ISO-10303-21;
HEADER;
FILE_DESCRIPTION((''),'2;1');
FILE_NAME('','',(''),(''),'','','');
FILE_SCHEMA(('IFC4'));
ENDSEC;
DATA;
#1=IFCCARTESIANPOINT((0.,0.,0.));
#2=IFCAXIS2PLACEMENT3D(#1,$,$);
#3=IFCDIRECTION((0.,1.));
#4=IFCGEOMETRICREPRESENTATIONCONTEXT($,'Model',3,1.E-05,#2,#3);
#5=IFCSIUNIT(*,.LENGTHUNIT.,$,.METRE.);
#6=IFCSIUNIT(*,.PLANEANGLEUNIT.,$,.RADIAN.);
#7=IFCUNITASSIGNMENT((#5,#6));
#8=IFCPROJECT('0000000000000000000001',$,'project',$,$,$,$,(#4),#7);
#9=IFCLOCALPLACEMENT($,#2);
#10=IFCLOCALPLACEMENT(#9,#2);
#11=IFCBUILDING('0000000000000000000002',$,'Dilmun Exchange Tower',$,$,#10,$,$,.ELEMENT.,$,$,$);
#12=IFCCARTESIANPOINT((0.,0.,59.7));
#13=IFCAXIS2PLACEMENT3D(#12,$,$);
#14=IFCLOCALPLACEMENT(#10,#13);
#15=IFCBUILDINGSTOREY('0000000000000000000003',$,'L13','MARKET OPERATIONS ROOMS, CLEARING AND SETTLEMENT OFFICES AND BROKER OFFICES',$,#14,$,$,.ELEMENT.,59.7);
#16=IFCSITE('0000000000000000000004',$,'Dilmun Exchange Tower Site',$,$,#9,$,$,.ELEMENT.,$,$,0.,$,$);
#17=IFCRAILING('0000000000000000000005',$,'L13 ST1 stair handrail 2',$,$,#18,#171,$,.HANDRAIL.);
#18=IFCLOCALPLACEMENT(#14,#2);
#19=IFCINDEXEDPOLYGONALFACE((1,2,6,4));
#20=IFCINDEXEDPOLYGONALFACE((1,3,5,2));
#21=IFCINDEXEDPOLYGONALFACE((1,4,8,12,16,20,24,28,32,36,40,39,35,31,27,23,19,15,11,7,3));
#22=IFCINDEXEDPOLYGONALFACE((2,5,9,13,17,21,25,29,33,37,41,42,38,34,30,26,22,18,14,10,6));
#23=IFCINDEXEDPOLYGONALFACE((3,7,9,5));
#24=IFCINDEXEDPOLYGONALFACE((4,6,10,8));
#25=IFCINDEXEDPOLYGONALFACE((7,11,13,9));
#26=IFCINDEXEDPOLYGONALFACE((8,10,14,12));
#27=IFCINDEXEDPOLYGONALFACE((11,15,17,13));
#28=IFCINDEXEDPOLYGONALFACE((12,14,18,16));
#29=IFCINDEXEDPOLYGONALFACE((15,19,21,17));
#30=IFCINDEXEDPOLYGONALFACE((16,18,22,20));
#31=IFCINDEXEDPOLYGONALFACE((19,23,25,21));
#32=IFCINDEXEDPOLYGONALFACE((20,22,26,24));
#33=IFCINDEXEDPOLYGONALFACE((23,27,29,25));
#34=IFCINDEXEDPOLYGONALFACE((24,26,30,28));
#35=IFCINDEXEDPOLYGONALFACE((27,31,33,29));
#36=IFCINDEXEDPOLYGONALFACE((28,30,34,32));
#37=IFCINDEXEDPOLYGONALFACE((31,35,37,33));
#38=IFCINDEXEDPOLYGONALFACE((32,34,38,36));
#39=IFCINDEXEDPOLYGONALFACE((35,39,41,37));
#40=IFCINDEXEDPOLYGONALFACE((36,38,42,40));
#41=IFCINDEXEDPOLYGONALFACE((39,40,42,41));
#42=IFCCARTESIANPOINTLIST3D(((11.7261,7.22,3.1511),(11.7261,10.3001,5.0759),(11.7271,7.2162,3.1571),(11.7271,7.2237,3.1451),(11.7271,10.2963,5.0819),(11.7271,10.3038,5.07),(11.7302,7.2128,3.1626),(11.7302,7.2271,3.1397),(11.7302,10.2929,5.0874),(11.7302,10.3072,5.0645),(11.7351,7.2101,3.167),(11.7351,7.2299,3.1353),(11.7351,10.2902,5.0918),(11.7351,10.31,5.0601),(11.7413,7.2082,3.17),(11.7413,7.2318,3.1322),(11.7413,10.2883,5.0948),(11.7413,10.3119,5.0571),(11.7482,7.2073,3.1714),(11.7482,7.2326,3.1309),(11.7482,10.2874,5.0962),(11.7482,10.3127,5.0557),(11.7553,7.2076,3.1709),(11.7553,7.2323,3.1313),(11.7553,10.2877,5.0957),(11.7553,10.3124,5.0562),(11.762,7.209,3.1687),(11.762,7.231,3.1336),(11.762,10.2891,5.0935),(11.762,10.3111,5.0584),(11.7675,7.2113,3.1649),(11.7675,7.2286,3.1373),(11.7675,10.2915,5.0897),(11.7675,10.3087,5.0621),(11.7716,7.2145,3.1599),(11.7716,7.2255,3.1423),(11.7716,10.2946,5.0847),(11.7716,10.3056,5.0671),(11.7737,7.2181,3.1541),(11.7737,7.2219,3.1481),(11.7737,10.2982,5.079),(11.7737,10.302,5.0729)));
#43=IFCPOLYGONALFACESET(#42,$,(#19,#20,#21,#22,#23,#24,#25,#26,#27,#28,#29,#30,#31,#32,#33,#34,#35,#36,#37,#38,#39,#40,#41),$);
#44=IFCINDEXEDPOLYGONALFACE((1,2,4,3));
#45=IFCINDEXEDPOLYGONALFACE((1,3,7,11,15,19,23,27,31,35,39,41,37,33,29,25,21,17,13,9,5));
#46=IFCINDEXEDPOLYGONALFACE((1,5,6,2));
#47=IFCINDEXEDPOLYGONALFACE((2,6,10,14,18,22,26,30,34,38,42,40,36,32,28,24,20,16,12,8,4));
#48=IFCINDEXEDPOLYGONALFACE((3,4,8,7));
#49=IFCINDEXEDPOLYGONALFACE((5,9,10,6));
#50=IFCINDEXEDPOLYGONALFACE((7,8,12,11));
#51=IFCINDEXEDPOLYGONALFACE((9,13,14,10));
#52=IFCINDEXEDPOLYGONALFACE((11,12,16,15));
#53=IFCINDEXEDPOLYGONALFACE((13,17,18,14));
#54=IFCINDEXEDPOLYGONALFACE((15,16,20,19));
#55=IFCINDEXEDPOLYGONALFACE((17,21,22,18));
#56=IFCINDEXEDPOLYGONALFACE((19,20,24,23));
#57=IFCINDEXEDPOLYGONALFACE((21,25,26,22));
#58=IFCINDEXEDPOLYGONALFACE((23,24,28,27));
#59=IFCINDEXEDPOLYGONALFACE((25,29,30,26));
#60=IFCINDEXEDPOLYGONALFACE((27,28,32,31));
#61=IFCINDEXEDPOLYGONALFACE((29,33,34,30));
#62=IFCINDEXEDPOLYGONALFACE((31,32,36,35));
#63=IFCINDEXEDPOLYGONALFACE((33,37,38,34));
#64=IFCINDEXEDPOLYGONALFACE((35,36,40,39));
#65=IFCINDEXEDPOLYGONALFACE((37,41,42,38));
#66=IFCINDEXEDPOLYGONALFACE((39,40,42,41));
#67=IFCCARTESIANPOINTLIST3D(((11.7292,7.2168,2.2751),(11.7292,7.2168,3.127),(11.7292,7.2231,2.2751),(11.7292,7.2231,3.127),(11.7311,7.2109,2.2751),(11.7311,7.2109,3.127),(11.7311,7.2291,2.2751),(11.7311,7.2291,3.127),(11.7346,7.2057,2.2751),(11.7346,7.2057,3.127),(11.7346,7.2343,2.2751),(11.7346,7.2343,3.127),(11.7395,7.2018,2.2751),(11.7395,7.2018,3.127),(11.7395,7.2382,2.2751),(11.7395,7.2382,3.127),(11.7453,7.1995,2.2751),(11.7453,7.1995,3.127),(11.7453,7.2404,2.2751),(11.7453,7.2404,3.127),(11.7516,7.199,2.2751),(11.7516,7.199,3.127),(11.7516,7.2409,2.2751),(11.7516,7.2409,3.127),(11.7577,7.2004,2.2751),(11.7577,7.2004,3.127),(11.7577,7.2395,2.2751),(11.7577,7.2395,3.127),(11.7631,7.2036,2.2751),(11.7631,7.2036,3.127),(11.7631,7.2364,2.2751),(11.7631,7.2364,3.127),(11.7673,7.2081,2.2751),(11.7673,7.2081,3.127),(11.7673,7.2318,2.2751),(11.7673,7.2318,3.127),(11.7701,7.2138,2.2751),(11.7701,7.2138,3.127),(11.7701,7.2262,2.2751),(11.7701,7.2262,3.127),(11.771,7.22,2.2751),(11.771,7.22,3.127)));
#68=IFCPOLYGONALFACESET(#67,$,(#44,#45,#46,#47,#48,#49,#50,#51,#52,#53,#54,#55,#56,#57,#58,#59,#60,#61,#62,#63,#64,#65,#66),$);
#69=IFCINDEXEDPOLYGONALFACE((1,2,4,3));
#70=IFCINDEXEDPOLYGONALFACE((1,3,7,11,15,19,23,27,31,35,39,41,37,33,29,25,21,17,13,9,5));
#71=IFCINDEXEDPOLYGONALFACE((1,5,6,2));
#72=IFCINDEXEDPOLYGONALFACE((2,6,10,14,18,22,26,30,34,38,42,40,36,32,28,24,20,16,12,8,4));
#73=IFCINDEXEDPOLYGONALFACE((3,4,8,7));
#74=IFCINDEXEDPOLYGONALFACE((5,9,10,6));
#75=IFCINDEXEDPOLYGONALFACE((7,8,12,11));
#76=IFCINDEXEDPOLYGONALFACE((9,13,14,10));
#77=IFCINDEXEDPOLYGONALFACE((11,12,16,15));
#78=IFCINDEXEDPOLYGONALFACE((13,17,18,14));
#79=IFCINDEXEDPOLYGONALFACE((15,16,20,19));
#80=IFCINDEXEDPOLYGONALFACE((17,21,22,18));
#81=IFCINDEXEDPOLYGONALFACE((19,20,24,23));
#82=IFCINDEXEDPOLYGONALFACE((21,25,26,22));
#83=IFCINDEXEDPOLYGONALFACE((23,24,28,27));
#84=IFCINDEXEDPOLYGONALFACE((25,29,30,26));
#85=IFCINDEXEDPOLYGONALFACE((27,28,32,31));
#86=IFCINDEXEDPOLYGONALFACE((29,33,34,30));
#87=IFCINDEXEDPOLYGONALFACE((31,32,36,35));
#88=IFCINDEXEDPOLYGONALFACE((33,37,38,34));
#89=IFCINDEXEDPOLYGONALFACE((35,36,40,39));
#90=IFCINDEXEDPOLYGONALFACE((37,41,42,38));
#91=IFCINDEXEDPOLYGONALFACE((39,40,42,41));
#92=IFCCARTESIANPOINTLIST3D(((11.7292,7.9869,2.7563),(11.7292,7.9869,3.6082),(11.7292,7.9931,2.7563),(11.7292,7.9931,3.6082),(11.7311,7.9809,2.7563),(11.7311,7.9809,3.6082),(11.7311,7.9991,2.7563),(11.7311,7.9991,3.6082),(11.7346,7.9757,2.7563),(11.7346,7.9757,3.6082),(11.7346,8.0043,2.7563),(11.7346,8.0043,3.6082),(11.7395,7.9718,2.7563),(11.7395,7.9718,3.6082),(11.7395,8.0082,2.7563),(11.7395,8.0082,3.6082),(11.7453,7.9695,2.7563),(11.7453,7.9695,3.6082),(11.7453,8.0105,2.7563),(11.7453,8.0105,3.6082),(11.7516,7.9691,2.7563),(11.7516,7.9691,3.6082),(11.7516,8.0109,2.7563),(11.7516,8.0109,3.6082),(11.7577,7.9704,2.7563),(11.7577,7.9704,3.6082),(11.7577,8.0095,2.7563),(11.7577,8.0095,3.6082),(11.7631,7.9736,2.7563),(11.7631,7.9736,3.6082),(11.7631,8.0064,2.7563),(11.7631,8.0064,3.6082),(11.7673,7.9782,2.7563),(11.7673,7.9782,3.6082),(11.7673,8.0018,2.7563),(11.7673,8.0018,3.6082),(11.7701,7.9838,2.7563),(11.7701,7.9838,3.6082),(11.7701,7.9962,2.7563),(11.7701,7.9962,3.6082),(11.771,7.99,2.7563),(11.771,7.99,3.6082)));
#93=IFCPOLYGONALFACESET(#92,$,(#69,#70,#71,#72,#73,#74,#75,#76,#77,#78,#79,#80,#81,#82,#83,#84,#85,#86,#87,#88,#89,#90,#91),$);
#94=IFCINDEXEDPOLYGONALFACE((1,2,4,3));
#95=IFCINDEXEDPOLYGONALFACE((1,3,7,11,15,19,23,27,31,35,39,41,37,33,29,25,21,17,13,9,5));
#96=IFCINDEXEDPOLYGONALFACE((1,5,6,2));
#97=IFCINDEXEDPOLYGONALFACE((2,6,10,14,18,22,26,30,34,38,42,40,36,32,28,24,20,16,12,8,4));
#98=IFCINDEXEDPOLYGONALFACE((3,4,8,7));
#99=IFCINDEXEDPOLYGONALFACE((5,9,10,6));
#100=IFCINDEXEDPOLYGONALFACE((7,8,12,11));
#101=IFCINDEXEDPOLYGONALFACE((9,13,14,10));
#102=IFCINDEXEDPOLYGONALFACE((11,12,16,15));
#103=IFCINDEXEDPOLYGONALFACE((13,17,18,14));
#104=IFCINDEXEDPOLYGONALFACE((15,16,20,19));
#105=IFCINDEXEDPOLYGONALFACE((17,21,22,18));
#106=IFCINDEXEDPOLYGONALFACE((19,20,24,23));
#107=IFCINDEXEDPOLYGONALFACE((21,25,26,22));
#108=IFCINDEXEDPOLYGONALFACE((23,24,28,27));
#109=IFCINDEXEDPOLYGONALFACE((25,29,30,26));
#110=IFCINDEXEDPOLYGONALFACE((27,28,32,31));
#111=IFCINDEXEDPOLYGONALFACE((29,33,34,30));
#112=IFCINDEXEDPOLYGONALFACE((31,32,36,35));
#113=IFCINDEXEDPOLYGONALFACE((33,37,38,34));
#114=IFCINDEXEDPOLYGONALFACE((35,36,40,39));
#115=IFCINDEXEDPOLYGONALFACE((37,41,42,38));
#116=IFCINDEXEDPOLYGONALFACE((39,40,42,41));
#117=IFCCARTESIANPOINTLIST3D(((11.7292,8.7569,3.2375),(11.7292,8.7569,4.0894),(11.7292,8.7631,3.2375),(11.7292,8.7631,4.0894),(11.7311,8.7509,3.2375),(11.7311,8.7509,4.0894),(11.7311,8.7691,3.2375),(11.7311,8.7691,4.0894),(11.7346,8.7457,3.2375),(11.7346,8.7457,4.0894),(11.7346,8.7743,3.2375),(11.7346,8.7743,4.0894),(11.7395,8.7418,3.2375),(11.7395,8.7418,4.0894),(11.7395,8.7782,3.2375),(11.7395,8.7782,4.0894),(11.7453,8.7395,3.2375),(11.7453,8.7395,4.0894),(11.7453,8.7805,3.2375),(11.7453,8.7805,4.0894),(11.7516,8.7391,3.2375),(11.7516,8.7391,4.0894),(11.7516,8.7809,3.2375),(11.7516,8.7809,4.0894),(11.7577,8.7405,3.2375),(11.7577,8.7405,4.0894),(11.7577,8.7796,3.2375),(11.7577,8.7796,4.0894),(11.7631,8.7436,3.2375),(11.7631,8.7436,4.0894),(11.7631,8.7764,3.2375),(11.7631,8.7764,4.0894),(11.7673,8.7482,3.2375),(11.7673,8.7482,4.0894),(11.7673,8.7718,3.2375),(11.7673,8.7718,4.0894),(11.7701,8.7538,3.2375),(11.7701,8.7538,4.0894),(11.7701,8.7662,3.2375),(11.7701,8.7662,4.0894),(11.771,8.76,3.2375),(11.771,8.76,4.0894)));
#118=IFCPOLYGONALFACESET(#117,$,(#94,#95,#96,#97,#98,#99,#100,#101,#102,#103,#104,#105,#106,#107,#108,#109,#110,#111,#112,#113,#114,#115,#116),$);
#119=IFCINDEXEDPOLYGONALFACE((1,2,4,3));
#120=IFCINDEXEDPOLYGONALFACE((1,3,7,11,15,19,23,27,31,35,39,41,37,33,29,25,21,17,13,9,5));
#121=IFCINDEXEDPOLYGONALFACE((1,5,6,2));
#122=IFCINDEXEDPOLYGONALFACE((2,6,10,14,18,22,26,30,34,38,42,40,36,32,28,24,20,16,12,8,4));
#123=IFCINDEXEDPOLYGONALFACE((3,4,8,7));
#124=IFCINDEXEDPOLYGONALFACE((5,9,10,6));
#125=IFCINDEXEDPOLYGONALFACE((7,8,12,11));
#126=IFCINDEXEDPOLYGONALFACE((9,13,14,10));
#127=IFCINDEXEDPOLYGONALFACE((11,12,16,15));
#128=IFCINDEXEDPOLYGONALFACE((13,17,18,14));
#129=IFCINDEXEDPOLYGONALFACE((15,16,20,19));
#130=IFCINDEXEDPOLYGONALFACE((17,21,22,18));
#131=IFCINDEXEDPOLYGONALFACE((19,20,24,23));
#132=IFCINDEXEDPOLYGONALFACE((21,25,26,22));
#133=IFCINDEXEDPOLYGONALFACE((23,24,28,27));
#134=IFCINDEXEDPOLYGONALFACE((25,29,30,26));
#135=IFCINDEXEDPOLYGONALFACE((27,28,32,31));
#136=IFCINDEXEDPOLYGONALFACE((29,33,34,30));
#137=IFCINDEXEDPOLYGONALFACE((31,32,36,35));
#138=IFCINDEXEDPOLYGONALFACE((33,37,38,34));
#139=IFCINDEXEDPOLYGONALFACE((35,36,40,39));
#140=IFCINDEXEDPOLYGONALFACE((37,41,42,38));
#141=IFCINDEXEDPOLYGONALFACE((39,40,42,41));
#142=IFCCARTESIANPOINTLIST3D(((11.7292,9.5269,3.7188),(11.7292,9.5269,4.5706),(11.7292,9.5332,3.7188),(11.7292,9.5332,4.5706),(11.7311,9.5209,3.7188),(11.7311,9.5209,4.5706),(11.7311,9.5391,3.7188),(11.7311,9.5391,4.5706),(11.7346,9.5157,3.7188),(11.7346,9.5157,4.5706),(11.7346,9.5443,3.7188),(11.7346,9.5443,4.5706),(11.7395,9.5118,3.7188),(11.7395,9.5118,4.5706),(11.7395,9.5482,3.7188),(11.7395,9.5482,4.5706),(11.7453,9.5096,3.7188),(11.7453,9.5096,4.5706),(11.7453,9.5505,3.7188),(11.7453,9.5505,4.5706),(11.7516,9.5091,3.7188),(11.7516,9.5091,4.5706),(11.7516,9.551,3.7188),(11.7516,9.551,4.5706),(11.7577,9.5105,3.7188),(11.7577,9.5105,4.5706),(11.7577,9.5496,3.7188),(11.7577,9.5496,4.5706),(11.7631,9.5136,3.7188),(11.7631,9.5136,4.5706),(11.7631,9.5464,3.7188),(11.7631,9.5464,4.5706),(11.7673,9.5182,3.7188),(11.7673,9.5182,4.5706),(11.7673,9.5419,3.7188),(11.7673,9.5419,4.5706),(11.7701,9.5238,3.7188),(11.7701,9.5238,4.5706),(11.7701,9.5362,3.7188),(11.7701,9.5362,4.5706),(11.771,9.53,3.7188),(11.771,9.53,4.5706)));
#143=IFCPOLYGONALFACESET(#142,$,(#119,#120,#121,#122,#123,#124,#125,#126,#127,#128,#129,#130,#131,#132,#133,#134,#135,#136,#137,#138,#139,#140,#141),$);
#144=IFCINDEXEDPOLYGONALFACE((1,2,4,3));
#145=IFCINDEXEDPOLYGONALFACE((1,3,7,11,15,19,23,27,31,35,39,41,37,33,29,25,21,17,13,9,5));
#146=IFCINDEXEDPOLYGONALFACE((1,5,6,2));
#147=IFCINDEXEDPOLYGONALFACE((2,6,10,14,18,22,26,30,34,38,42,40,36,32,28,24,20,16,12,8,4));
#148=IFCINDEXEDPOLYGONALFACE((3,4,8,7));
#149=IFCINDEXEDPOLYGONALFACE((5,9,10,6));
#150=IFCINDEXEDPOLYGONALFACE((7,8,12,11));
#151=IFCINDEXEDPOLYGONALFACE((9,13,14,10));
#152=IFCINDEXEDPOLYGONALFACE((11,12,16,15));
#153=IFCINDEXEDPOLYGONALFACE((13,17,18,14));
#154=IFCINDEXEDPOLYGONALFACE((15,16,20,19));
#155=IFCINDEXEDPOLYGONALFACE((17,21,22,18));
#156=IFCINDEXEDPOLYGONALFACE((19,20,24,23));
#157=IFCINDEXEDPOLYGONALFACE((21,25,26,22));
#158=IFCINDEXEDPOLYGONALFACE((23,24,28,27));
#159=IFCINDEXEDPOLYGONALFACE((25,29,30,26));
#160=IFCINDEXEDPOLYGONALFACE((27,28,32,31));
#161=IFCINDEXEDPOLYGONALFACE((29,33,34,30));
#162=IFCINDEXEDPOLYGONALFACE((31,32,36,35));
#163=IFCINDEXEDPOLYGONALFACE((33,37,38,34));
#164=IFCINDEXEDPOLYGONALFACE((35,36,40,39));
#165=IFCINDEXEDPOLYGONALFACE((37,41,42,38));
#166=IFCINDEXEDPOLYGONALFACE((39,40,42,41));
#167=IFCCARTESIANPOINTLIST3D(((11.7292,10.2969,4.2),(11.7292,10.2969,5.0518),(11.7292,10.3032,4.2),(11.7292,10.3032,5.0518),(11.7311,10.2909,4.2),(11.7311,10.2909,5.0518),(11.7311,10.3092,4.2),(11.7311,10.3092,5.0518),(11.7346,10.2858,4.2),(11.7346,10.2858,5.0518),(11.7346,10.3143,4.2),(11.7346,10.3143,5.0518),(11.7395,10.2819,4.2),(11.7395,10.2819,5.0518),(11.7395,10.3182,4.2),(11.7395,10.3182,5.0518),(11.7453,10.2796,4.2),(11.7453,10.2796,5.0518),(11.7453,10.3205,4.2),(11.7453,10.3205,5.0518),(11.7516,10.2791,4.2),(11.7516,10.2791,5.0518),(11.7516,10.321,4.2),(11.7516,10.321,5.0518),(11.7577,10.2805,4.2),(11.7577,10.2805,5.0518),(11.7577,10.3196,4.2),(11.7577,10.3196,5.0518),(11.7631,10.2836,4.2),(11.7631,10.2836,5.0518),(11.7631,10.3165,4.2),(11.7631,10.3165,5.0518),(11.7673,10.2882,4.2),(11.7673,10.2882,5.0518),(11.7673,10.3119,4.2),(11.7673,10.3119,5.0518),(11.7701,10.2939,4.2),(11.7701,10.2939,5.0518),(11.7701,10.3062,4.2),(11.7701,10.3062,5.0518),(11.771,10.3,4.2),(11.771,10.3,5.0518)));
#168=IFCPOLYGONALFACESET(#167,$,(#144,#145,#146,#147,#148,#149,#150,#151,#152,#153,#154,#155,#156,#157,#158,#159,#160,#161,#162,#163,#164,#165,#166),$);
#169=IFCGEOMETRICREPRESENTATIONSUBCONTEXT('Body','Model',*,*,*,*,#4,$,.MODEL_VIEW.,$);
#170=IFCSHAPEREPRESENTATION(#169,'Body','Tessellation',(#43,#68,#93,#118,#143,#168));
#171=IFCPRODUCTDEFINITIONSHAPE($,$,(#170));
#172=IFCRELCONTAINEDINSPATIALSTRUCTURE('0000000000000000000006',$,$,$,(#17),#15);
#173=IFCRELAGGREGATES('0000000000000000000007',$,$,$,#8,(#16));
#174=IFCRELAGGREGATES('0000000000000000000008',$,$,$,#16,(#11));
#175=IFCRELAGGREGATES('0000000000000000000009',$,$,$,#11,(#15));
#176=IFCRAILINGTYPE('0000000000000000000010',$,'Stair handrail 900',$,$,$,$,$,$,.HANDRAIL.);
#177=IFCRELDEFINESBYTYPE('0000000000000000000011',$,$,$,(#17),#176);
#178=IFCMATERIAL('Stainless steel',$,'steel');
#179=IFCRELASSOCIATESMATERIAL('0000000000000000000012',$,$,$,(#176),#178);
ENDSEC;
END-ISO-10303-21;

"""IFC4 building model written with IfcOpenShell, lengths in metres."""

from ifc_helpers import new_model, si_unit, direction, frame, origin, origin_2d, place, context, subcontext, project, spatial, circle, extrude, material, type_object, element, save


model = new_model("IFC4")

# Units and contexts
model_context = context("Model", 3, precision=1e-05, world=origin(), true_north=direction((0.0, 1.0)))
body_context = subcontext(model_context, "Body", "Model", "MODEL_VIEW")
ifc_project = project(units=[si_unit("LENGTHUNIT", "METRE"), si_unit("PLANEANGLEUNIT", "RADIAN")], contexts=[model_context])

# Site, building, storey
site_placement = place(None, origin())
site = spatial("IfcSite", under=ifc_project, at=site_placement, Name="Dilmun Exchange Tower Site", CompositionType="ELEMENT", RefElevation=0.0)
building_placement = place(site_placement, origin())
building = spatial("IfcBuilding", under=site, at=building_placement, Name="Dilmun Exchange Tower", CompositionType="ELEMENT")
storey_placement = place(building_placement, frame((0.0, 0.0, 59.7)))
storey = spatial("IfcBuildingStorey", under=building, at=storey_placement, Name="L13", Description="MARKET OPERATIONS ROOMS, CLEARING AND SETTLEMENT OFFICES AND BROKER OFFICES", CompositionType="ELEMENT", Elevation=59.7)

# Railing
ifc_material_1 = material(Name="Stainless steel", Category="steel")
railing_type = type_object("IfcRailingType", Name="Stair handrail 900", PredefinedType="HANDRAIL", material=ifc_material_1)
railing_1_placement = place(storey_placement, frame((11.75, 7.22, 2.2751)))
element("IfcRailing", 1, at=railing_1_placement, inside=storey, type_object=railing_type, Name="L13 ST1 stair handrail 2", PredefinedType="HANDRAIL", context=body_context, shape_type="SweptSolid", body=[
    extrude(circle(Radius=0.0239, at=origin_2d()), frame((0.0, 0.0, 0.876), z_axis=(0.0, 0.848029, 0.529951), x_axis=(-1.0, 0.0, 0.0)), (0.0, 0.0, 1.0), 3.6321),
    extrude(circle(Radius=0.021, at=origin_2d()), origin(), (0.0, 0.0, 1.0), 0.8518),
    extrude(circle(Radius=0.021, at=origin_2d()), frame((0.0, 0.77, 0.4812)), (0.0, 0.0, 1.0), 0.8518),
    extrude(circle(Radius=0.021, at=origin_2d()), frame((0.0, 1.54, 0.9624)), (0.0, 0.0, 1.0), 0.8518),
    extrude(circle(Radius=0.021, at=origin_2d()), frame((0.0, 2.3101, 1.4436)), (0.0, 0.0, 1.0), 0.8518),
    extrude(circle(Radius=0.021, at=origin_2d()), frame((0.0, 3.0801, 1.9248)), (0.0, 0.0, 1.0), 0.8518),
])

save(model, "model.ifc")
